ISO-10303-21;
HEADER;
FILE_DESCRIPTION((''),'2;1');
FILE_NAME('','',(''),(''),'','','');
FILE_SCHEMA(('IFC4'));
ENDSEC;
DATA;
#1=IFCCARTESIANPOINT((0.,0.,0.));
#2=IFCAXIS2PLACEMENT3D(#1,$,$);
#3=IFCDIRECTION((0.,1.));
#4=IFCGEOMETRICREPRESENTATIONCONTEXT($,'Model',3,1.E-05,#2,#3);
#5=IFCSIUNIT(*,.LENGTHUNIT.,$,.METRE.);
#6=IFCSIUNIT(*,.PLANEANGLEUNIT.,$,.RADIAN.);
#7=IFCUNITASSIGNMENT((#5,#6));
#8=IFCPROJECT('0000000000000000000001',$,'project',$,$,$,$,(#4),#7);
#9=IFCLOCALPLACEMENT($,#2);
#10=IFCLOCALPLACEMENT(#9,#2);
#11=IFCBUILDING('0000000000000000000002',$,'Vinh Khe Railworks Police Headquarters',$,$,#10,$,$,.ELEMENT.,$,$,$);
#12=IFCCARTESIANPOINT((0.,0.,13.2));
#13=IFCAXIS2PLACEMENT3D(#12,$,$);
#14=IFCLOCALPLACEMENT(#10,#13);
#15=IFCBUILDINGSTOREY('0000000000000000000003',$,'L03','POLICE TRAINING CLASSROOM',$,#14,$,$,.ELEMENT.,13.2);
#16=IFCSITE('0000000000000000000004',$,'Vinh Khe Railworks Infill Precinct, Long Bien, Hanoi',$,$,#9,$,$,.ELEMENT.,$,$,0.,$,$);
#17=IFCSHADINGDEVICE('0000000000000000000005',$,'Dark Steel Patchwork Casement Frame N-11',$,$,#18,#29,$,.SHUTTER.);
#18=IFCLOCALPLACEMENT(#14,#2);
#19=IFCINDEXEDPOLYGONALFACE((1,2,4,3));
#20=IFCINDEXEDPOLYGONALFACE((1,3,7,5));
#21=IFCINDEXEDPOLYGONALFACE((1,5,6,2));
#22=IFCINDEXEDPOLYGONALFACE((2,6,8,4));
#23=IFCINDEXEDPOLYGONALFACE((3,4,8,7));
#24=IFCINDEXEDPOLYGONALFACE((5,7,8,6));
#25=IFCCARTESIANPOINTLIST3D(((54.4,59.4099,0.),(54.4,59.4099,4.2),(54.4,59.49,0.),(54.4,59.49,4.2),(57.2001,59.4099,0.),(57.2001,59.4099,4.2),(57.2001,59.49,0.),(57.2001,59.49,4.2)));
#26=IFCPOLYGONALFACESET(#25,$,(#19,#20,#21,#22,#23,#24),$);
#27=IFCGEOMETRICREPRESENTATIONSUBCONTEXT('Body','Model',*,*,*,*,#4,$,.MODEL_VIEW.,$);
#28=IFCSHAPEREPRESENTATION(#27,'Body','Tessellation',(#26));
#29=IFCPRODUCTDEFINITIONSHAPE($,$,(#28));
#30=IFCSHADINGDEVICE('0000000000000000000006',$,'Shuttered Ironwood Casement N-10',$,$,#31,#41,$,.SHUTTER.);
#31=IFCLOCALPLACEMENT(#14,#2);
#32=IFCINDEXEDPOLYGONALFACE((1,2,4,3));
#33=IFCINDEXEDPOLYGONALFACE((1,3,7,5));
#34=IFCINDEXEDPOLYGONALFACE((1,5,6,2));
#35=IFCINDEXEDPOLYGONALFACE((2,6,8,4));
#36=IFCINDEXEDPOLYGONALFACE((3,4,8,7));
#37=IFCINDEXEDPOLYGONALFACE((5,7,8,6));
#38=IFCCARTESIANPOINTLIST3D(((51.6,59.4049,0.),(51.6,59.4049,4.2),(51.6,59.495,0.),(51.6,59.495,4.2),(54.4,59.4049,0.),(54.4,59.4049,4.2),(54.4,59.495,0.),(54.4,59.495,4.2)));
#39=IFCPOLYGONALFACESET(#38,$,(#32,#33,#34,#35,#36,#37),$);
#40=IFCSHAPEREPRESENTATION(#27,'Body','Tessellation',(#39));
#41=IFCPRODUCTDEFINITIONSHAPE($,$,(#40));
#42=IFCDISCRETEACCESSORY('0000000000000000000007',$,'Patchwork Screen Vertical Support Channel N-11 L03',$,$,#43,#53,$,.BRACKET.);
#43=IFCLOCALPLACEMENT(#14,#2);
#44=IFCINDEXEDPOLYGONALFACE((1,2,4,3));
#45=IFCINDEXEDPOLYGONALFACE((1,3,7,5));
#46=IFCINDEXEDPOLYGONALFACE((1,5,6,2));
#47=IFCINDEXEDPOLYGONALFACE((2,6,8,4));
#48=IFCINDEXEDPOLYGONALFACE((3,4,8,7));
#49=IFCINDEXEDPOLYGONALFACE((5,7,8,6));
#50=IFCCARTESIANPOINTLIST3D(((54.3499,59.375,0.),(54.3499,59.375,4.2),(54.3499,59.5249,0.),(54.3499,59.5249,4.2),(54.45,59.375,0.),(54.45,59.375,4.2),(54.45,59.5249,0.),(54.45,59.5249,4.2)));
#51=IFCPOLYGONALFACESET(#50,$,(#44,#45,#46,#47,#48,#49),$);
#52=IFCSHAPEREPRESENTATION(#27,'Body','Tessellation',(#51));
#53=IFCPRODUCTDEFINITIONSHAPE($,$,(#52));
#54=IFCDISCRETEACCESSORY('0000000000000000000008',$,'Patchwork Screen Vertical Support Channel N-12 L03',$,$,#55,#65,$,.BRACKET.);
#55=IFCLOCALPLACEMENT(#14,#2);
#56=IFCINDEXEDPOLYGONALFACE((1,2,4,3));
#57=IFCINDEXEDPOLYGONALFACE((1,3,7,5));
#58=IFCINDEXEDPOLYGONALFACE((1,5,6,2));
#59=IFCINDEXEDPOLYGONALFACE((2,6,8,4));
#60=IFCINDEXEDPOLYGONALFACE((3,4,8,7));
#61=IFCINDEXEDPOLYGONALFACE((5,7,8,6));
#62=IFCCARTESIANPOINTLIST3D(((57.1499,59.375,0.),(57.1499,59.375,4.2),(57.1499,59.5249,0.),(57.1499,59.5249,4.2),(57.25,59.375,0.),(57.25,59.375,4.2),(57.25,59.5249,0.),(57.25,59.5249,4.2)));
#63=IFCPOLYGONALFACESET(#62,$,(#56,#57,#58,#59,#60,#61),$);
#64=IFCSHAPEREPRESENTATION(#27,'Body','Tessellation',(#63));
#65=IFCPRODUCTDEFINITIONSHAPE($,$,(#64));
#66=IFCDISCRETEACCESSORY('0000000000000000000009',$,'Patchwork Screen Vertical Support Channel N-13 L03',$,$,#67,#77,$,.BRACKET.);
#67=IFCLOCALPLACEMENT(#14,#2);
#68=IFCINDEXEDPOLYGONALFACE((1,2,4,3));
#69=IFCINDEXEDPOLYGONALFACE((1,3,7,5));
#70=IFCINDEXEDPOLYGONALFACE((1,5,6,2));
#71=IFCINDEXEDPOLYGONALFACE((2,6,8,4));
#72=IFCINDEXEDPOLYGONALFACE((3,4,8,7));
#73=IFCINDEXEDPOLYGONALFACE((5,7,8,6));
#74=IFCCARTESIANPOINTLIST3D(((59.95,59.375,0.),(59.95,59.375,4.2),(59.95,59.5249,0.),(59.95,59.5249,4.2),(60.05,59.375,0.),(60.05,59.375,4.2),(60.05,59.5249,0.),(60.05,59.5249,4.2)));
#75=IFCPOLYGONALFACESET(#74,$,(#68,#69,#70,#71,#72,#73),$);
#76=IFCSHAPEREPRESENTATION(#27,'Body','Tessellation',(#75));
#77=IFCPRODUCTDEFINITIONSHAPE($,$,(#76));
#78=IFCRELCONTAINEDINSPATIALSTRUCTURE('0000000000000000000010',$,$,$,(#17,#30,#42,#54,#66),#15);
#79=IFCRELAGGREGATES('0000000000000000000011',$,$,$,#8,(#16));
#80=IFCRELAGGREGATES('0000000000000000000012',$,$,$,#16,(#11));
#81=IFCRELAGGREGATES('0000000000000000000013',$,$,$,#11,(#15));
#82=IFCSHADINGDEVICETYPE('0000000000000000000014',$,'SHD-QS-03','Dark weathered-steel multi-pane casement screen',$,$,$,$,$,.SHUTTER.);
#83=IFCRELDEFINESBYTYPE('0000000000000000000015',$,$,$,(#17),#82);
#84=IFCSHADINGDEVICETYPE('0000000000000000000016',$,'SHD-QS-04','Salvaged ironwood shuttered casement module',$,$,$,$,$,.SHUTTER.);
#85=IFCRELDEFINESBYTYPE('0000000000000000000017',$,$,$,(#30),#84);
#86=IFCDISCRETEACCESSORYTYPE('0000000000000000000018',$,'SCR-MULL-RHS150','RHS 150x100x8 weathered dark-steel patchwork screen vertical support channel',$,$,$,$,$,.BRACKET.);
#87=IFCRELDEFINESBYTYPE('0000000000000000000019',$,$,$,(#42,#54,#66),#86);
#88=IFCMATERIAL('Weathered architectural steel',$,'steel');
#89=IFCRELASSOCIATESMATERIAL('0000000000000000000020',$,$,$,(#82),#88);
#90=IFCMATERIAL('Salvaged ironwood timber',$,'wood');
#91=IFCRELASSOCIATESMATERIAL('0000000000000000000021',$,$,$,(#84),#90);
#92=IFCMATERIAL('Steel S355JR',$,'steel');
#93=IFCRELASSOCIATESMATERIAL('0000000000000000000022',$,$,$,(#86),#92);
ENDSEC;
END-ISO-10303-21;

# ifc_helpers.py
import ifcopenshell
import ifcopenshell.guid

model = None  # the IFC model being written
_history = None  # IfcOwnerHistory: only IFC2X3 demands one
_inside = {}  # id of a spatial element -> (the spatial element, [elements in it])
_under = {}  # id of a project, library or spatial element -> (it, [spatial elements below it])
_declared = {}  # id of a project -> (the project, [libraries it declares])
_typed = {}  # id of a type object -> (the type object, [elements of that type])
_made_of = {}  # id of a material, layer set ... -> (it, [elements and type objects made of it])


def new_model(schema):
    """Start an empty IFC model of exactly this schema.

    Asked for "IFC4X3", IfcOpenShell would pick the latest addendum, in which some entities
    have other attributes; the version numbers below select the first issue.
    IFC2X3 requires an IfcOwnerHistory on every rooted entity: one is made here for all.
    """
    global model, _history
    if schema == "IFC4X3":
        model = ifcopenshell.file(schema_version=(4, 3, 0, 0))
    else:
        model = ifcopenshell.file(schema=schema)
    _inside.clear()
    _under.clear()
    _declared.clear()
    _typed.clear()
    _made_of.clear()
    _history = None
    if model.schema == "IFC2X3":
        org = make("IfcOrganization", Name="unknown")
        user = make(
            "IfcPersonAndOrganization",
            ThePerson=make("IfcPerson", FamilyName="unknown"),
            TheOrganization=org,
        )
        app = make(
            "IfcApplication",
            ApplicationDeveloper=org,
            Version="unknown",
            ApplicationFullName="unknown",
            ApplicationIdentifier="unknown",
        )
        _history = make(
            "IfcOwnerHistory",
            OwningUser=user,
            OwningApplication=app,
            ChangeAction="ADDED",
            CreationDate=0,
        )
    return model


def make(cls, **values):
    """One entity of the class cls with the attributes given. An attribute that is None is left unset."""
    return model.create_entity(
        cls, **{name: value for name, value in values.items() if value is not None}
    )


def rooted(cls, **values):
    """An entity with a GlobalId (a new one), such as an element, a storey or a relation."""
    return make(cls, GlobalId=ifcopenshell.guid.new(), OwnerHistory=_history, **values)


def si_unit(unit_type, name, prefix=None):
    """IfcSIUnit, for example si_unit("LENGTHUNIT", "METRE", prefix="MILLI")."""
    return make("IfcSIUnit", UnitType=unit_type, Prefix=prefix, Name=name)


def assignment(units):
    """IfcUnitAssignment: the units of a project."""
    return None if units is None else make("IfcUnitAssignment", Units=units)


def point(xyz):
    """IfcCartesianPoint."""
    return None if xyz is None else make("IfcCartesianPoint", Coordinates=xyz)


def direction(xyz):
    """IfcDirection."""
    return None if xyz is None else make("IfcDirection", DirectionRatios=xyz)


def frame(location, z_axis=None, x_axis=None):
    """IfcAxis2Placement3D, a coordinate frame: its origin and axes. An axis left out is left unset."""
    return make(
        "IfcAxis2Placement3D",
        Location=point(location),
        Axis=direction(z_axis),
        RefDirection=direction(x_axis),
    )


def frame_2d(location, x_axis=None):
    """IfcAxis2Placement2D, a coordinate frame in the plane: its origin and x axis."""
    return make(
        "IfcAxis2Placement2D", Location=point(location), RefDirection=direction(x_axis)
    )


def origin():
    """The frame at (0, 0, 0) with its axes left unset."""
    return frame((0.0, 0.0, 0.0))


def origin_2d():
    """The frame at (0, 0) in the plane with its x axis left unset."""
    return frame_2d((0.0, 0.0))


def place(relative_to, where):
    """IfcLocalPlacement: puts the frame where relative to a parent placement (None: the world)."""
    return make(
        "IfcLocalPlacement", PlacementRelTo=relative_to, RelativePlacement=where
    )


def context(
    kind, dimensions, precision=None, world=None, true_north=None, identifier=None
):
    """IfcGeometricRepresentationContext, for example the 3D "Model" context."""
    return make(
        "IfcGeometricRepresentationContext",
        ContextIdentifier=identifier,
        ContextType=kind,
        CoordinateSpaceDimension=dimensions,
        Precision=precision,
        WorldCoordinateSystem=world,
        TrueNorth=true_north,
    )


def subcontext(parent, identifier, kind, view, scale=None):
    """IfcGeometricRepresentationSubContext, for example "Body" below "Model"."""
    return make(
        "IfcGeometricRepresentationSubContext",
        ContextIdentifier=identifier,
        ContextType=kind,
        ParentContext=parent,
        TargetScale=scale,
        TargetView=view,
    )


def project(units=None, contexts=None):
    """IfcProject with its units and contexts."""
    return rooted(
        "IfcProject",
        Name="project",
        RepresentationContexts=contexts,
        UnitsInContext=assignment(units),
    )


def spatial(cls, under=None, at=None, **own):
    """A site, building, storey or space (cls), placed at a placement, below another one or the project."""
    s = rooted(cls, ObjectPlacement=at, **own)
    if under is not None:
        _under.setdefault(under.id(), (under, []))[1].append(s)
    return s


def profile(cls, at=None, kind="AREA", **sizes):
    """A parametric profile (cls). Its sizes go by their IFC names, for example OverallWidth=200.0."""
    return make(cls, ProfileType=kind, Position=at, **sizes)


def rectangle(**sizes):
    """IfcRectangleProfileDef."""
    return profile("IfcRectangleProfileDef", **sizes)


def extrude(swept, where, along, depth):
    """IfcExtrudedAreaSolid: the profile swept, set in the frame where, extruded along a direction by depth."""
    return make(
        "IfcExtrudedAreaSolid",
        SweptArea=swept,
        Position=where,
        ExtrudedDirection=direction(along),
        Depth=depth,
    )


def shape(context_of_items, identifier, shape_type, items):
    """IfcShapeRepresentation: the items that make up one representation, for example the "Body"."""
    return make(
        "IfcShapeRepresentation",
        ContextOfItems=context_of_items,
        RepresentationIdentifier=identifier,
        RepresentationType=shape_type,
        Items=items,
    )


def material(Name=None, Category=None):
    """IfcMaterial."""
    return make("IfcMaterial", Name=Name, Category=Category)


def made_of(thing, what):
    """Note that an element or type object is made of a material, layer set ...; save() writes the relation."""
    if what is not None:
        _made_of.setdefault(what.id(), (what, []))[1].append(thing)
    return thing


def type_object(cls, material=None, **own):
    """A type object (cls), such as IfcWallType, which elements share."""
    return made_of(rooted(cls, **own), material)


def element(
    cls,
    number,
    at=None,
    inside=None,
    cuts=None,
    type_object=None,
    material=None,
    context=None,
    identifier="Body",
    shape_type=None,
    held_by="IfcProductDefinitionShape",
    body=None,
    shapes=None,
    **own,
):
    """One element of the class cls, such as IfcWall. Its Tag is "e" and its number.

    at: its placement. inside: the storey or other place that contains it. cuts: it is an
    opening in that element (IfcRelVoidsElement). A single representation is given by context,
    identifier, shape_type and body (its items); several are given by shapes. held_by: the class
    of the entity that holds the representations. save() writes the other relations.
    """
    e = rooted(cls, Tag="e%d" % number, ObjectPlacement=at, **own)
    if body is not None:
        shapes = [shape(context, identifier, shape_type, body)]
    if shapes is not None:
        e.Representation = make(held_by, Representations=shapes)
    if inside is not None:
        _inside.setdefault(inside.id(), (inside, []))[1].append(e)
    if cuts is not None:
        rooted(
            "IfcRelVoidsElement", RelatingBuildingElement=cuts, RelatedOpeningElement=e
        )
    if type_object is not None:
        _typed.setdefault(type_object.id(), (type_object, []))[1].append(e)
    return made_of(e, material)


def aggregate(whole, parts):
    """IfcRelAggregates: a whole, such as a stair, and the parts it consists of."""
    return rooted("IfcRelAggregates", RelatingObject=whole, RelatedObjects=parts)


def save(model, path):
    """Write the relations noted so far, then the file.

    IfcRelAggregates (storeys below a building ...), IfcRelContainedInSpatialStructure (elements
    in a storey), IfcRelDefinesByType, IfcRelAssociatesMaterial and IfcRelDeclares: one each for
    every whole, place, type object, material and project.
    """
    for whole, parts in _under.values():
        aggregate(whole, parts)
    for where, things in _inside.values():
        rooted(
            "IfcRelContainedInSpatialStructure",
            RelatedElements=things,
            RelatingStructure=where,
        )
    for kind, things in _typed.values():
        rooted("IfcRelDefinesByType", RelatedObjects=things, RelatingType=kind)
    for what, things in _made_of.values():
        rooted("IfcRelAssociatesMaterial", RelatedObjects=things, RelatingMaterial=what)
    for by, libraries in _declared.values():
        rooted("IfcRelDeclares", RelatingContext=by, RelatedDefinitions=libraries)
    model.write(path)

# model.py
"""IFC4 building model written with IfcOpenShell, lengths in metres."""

from ifc_helpers import new_model, si_unit, direction, frame, origin, origin_2d, place, context, subcontext, project, spatial, rectangle, extrude, material, type_object, element, save


model = new_model("IFC4")

# Units and contexts
model_context = context("Model", 3, precision=1e-05, world=origin(), true_north=direction((0.0, 1.0)))
body_context = subcontext(model_context, "Body", "Model", "MODEL_VIEW")
ifc_project = project(units=[si_unit("LENGTHUNIT", "METRE"), si_unit("PLANEANGLEUNIT", "RADIAN")], contexts=[model_context])

# Site, building, storey
site_placement = place(None, origin())
site = spatial("IfcSite", under=ifc_project, at=site_placement, Name="Vinh Khe Railworks Infill Precinct, Long Bien, Hanoi", CompositionType="ELEMENT", RefElevation=0.0)
building_placement = place(site_placement, origin())
building = spatial("IfcBuilding", under=site, at=building_placement, Name="Vinh Khe Railworks Police Headquarters", CompositionType="ELEMENT")
storey_placement = place(building_placement, frame((0.0, 0.0, 13.2)))
storey = spatial("IfcBuildingStorey", under=building, at=storey_placement, Name="L03", Description="POLICE TRAINING CLASSROOM", CompositionType="ELEMENT", Elevation=13.2)

# Shared definitions
ifc_material_1 = material(Name="Steel S355JR", Category="steel")

# Shared definitions
ifc_material_2 = material(Name="Salvaged ironwood timber", Category="wood")

# Shading devices
ifc_material_3 = material(Name="Weathered architectural steel", Category="steel")
shading_device_type_1 = type_object("IfcShadingDeviceType", Name="SHD-QS-03", Description="Dark weathered-steel multi-pane casement screen", PredefinedType="SHUTTER", material=ifc_material_3)
shading_device_1_placement = place(storey_placement, frame((55.8, 59.45, 0.0), z_axis=(0.0, 0.0, 1.0), x_axis=(1.0, 0.0, 0.0)))
element("IfcShadingDevice", 1, at=shading_device_1_placement, inside=storey, type_object=shading_device_type_1, Name="Dark Steel Patchwork Casement Frame N-11", PredefinedType="SHUTTER", context=body_context, shape_type="SweptSolid", body=[
    extrude(rectangle(XDim=2.8, YDim=0.0801, at=origin_2d()), origin(), (0.0, 0.0, 1.0), 4.2),
])
shading_device_type_2 = type_object("IfcShadingDeviceType", Name="SHD-QS-04", Description="Salvaged ironwood shuttered casement module", PredefinedType="SHUTTER", material=ifc_material_2)
shading_device_2_placement = place(storey_placement, frame((53.0, 59.45, 0.0), z_axis=(0.0, 0.0, 1.0), x_axis=(1.0, 0.0, 0.0)))
element("IfcShadingDevice", 2, at=shading_device_2_placement, inside=storey, type_object=shading_device_type_2, Name="Shuttered Ironwood Casement N-10", PredefinedType="SHUTTER", context=body_context, shape_type="SweptSolid", body=[
    extrude(rectangle(XDim=2.8, YDim=0.0901, at=origin_2d()), origin(), (0.0, 0.0, 1.0), 4.2),
])

# Discrete accessories
discrete_accessory_type = type_object("IfcDiscreteAccessoryType", Name="SCR-MULL-RHS150", Description="RHS 150x100x8 weathered dark-steel patchwork screen vertical support channel", PredefinedType="BRACKET", material=ifc_material_1)
for number, where, z_axis, x_axis, name in (
    (3, (54.3999, 59.45, 0.0), (0.0, 0.0, 1.0), (1.0, 0.0, 0.0), "Patchwork Screen Vertical Support Channel N-11 L03"),
    (4, (57.2, 59.45, 0.0), (0.0, 0.0, 1.0), (1.0, 0.0, 0.0), "Patchwork Screen Vertical Support Channel N-12 L03"),
    (5, (60.0, 59.45, 0.0), (0.0, 0.0, 1.0), (1.0, 0.0, 0.0), "Patchwork Screen Vertical Support Channel N-13 L03"),
):
    element("IfcDiscreteAccessory", number, at=place(storey_placement, frame(where, z_axis=z_axis, x_axis=x_axis)), inside=storey, type_object=discrete_accessory_type, Name=name, PredefinedType="BRACKET", context=body_context, shape_type="SweptSolid", body=[
        extrude(rectangle(XDim=0.1001, YDim=0.1499, at=origin_2d()), origin(), (0.0, 0.0, 1.0), 4.2),
    ])

save(model, "model.ifc")
